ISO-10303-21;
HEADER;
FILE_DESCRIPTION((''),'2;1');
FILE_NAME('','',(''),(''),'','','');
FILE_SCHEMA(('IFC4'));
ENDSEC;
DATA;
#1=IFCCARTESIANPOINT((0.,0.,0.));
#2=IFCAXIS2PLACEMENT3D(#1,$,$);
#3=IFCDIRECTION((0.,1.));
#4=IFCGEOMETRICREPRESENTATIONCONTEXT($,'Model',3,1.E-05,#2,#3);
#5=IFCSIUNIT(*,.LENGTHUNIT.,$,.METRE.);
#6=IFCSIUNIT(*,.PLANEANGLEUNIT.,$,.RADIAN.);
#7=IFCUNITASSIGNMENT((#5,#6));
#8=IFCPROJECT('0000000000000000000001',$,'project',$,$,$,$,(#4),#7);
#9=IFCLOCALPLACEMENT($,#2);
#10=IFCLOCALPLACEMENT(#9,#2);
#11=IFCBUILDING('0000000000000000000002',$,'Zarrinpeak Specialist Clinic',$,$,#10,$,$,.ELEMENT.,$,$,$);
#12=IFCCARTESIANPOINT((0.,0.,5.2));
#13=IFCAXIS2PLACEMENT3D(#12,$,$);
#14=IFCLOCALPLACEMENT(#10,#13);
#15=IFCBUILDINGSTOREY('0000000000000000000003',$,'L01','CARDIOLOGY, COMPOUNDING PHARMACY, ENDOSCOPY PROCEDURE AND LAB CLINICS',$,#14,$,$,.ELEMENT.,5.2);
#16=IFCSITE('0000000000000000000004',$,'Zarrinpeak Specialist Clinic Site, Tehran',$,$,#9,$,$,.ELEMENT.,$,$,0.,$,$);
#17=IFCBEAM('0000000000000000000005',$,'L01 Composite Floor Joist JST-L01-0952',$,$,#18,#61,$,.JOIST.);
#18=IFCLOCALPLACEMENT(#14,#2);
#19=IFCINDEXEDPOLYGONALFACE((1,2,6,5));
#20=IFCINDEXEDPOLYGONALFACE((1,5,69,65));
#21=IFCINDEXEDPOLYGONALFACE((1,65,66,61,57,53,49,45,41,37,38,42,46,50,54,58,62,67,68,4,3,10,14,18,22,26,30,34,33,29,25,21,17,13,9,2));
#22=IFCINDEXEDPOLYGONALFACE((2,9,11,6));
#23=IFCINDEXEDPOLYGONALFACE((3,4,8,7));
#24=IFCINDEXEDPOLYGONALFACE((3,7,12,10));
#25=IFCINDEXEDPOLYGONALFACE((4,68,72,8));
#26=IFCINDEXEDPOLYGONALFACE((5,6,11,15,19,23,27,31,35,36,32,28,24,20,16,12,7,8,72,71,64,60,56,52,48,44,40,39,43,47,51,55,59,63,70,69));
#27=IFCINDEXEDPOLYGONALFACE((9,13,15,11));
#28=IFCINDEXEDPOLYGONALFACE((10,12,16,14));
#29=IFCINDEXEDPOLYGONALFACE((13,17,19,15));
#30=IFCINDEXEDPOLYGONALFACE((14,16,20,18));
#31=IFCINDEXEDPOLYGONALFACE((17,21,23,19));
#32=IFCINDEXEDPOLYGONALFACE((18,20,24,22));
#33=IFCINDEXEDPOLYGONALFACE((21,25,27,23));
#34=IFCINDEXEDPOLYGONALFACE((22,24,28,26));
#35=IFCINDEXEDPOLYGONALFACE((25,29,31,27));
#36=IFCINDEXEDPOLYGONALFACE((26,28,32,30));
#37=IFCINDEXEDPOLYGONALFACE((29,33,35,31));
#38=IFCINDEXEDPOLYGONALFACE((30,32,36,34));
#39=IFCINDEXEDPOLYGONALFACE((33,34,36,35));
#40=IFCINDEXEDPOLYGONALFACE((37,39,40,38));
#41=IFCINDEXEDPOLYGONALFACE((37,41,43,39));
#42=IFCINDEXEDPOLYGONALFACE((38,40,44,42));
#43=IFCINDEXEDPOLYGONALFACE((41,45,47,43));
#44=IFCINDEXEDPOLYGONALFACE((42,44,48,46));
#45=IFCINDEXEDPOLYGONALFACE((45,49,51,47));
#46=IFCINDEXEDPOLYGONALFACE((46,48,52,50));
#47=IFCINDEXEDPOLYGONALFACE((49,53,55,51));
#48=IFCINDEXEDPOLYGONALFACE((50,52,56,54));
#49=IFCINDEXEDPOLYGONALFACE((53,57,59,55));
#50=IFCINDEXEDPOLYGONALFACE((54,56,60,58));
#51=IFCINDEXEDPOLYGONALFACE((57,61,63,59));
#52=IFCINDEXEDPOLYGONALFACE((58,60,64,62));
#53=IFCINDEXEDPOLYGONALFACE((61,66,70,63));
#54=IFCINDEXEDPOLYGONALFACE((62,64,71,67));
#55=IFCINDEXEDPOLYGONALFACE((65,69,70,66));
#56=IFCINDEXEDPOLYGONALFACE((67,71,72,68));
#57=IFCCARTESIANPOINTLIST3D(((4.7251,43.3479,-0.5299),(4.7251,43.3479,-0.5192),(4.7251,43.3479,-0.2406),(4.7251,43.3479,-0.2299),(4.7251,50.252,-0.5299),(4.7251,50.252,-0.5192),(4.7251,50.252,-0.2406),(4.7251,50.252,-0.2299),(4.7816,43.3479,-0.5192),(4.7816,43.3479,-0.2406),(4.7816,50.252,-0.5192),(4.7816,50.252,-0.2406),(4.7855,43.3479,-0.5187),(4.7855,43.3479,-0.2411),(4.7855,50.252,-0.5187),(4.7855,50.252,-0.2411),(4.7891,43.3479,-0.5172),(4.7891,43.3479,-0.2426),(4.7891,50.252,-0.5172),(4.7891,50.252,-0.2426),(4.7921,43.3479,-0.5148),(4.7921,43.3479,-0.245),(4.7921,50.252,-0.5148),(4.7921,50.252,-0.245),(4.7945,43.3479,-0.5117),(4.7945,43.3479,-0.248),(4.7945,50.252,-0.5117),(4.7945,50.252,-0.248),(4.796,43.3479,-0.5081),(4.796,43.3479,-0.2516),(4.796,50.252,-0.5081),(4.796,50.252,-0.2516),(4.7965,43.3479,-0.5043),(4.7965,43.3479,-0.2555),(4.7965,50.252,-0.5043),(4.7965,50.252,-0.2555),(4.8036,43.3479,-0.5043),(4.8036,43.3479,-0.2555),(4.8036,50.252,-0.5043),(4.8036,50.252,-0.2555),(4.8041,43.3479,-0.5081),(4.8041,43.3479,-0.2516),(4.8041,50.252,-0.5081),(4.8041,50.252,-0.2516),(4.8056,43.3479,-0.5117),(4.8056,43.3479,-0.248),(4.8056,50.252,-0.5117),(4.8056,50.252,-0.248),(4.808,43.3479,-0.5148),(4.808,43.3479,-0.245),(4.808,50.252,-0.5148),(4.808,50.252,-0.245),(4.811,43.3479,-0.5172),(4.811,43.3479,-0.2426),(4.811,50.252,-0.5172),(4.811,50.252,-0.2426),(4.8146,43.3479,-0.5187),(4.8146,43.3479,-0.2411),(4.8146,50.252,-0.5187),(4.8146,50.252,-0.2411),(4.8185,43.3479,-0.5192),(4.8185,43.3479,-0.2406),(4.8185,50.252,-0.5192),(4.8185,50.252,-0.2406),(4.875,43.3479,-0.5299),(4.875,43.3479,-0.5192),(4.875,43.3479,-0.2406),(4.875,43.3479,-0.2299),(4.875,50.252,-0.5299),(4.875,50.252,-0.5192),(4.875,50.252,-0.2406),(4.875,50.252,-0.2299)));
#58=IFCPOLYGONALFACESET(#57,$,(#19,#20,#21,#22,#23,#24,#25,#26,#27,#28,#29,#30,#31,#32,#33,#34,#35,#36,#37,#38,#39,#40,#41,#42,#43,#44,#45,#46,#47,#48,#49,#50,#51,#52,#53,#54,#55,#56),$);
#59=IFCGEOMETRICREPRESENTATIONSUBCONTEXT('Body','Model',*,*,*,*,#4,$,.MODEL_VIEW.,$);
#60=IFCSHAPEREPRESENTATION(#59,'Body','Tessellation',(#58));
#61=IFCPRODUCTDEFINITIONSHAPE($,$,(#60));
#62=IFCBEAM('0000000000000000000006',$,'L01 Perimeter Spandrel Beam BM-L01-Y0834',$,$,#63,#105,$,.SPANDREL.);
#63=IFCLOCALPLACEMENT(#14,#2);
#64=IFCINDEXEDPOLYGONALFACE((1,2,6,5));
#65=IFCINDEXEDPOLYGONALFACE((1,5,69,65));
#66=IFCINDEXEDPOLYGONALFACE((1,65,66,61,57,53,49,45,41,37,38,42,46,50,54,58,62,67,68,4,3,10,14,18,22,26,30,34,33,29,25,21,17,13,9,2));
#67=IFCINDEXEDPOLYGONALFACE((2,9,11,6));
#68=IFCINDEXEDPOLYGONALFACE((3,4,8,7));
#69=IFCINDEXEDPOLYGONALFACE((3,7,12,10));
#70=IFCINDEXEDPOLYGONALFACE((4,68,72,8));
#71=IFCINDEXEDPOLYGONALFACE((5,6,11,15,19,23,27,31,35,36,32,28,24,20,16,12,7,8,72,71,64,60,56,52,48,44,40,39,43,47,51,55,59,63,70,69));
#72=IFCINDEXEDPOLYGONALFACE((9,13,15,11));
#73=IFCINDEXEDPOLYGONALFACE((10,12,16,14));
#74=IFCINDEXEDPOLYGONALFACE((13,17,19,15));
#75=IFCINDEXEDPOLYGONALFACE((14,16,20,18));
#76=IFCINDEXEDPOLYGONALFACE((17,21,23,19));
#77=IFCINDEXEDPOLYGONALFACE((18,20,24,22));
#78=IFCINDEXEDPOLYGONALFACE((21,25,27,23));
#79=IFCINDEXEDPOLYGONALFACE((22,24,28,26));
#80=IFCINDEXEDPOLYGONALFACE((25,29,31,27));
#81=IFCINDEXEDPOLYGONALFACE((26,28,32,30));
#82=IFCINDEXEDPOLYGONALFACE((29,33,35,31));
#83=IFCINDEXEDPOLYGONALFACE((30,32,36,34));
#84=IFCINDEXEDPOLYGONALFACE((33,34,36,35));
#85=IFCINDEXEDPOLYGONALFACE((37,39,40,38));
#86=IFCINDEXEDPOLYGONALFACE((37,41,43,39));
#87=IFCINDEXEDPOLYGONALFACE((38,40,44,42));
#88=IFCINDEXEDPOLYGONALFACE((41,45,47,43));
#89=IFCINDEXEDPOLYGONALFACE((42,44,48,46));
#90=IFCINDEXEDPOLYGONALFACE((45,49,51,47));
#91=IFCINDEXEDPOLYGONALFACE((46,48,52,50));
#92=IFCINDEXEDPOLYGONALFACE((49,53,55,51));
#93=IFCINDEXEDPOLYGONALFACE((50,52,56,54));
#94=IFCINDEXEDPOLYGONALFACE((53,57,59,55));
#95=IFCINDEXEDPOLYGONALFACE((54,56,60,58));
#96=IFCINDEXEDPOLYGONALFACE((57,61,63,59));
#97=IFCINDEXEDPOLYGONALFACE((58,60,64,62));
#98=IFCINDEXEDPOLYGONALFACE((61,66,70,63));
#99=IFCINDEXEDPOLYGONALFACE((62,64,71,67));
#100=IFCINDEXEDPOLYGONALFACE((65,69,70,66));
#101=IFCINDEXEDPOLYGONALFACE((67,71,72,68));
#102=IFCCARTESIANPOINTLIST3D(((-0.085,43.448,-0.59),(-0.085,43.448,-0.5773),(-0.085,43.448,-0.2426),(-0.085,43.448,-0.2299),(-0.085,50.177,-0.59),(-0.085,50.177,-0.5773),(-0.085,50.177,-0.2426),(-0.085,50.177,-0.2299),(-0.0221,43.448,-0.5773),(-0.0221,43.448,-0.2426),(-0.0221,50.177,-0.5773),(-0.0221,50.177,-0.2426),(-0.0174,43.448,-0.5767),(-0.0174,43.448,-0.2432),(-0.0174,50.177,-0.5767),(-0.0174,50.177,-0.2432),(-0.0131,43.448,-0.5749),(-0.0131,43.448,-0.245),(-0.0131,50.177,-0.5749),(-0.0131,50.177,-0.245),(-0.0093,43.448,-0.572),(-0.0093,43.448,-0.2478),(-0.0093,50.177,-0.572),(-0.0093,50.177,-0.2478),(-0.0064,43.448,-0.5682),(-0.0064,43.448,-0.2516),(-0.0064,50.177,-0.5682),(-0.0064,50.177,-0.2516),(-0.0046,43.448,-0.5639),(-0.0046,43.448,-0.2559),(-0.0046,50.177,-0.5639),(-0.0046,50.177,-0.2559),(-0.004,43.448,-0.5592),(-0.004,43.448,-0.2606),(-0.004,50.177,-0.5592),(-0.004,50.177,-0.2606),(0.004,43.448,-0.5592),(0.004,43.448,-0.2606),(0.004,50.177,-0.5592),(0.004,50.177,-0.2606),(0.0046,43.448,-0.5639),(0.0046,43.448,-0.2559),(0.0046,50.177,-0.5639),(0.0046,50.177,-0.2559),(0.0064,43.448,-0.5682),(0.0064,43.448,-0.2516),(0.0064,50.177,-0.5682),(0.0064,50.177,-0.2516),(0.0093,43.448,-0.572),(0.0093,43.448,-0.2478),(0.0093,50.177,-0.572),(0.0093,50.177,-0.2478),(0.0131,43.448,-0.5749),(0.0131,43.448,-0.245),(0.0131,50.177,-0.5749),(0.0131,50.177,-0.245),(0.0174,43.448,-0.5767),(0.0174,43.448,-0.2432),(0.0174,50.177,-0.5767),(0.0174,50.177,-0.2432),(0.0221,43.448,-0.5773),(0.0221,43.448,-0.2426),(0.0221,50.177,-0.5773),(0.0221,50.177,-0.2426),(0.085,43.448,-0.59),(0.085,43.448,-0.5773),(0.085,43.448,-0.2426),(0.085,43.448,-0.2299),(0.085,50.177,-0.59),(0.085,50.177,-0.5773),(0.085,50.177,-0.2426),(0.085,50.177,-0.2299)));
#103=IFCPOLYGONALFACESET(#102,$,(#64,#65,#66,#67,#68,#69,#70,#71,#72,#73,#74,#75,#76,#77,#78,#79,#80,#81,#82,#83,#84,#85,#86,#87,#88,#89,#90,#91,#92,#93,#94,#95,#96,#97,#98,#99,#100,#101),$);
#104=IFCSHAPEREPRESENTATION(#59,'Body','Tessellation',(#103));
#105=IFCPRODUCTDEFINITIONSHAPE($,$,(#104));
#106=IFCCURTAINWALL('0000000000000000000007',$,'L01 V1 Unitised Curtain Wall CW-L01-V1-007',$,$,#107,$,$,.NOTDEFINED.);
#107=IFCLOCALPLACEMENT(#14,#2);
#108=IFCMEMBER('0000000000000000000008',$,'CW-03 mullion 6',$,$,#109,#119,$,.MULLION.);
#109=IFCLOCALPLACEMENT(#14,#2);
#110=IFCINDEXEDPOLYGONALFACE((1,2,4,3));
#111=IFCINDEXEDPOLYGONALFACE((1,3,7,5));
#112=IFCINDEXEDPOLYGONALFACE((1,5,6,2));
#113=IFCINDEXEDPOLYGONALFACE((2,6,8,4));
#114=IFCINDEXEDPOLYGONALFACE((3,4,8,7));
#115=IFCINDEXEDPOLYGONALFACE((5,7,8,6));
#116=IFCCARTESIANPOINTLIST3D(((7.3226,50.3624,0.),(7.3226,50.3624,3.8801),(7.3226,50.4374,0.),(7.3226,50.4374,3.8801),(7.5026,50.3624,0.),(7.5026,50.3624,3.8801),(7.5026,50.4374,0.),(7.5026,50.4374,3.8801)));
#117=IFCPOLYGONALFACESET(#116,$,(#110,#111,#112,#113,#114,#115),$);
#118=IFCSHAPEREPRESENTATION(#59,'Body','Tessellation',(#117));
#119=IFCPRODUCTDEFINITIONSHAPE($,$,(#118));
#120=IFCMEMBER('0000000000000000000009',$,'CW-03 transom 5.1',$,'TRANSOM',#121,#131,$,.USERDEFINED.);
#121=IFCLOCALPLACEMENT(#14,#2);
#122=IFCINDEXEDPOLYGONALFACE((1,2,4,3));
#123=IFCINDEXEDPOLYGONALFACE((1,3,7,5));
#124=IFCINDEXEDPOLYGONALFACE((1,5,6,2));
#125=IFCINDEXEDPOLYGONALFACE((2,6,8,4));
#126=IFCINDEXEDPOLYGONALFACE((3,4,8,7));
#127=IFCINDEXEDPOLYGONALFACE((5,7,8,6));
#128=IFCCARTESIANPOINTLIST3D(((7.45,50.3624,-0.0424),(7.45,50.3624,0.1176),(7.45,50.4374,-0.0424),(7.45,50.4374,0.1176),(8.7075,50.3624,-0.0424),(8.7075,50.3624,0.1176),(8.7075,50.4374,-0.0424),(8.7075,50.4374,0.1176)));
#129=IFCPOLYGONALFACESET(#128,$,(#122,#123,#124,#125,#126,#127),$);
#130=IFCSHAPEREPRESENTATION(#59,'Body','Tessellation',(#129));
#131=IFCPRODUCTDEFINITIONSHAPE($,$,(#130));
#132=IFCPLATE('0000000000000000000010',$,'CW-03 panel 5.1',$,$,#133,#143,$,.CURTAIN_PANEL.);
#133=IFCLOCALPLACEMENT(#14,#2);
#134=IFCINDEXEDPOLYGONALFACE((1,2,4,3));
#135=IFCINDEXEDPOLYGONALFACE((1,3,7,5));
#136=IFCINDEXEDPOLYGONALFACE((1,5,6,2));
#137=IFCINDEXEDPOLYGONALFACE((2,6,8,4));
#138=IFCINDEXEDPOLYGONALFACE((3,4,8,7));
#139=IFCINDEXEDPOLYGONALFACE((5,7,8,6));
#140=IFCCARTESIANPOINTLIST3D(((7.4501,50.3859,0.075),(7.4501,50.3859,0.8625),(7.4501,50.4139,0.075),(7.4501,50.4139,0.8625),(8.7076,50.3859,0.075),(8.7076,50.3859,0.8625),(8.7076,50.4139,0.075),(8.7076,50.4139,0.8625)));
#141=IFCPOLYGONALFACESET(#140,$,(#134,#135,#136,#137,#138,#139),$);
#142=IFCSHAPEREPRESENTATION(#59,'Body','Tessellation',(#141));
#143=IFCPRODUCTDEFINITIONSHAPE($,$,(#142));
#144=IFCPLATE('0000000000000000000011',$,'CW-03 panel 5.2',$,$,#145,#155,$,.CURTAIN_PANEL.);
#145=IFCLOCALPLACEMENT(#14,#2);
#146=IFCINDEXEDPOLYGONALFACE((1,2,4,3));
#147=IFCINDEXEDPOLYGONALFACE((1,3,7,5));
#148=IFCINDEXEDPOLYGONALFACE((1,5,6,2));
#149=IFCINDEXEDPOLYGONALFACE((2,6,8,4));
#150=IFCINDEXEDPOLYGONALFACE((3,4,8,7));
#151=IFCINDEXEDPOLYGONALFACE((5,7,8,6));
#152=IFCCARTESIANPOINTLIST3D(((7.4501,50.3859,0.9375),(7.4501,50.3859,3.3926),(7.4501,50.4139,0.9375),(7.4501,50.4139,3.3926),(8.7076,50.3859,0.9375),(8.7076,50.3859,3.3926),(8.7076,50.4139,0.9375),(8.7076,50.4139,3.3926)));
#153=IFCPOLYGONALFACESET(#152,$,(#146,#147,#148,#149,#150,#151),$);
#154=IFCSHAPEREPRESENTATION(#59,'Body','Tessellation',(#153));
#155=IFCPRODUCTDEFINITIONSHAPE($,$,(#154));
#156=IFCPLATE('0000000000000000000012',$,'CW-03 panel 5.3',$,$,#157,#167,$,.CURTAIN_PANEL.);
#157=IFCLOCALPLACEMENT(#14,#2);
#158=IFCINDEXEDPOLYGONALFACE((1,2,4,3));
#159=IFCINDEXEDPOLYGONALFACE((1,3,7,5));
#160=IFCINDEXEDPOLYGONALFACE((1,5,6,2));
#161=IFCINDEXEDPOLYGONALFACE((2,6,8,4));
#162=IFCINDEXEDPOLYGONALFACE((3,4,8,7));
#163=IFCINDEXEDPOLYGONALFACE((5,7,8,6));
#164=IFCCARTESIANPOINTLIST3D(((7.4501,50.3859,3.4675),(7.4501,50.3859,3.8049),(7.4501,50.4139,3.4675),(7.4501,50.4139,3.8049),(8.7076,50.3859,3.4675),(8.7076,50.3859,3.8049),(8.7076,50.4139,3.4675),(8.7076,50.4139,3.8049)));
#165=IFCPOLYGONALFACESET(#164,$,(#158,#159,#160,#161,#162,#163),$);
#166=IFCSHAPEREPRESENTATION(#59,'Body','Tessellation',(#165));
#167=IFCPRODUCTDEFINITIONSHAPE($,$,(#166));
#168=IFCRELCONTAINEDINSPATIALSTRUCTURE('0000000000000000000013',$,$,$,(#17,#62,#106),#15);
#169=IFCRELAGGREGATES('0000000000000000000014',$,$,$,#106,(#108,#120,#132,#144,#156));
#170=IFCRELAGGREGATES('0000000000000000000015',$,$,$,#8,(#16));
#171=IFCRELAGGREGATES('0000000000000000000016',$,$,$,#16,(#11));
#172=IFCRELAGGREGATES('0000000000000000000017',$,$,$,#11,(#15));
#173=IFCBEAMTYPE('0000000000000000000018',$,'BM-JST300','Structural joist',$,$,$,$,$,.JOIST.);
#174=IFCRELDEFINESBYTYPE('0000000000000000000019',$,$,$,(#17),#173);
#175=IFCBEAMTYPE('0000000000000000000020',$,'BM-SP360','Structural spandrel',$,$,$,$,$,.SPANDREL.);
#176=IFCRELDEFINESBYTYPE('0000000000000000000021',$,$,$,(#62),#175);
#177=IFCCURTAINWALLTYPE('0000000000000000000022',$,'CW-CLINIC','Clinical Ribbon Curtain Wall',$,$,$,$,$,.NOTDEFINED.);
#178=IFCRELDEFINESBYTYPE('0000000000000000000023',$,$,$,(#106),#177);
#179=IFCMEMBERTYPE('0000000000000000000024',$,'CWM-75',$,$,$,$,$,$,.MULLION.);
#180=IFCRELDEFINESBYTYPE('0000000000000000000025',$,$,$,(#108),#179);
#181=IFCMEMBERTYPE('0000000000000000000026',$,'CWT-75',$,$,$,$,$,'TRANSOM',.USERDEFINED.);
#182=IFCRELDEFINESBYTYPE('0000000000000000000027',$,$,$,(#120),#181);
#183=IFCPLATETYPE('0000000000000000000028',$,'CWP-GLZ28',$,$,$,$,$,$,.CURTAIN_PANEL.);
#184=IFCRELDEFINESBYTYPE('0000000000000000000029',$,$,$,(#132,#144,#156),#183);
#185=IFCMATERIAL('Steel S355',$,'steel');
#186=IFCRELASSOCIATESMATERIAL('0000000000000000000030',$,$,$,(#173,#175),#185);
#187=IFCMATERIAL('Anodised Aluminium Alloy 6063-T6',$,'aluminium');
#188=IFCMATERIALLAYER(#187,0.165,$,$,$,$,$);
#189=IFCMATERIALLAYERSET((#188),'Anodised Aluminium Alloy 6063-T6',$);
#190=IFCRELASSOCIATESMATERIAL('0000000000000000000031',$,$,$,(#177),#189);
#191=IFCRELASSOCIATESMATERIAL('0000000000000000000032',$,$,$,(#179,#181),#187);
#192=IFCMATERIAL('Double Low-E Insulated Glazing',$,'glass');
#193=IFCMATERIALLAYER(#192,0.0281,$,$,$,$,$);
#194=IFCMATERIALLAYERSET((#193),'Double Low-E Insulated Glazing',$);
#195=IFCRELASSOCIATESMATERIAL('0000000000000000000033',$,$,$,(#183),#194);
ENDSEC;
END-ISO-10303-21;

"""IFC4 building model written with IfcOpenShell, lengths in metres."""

from ifc_helpers import new_model, si_unit, direction, frame, origin, origin_2d, place, context, subcontext, project, spatial, rectangle, i_section, extrude, material, layer, layer_set, material_profile, profile_set, type_object, element, aggregate, save


model = new_model("IFC4")

# Units and contexts
model_context = context("Model", 3, precision=1e-05, world=origin(), true_north=direction((0.0, 1.0)))
body_context = subcontext(model_context, "Body", "Model", "MODEL_VIEW")
ifc_project = project(units=[si_unit("LENGTHUNIT", "METRE"), si_unit("PLANEANGLEUNIT", "RADIAN")], contexts=[model_context])

# Site, building, storey
site_placement = place(None, origin())
site = spatial("IfcSite", under=ifc_project, at=site_placement, Name="Zarrinpeak Specialist Clinic Site, Tehran", CompositionType="ELEMENT", RefElevation=0.0)
building_placement = place(site_placement, origin())
building = spatial("IfcBuilding", under=site, at=building_placement, Name="Zarrinpeak Specialist Clinic", CompositionType="ELEMENT")
storey_placement = place(building_placement, frame((0.0, 0.0, 5.2)))
storey = spatial("IfcBuildingStorey", under=building, at=storey_placement, Name="L01", Description="CARDIOLOGY, COMPOUNDING PHARMACY, ENDOSCOPY PROCEDURE AND LAB CLINICS", CompositionType="ELEMENT", Elevation=5.2)

# Shared definitions
ifc_material_1 = material(Name="Steel S355", Category="steel")

# Beams
ifc_material_profile_1 = material_profile(ifc_material_1, i_section(OverallWidth=0.1499, OverallDepth=0.3, WebThickness=0.0071, FlangeThickness=0.0107, FilletRadius=0.0149, at=origin_2d()), Name="IPE 300")
ifc_profile_set_1 = profile_set([ifc_material_profile_1], Name="Steel S355")
beam_type_1 = type_object("IfcBeamType", Name="BM-JST300", Description="Structural joist", PredefinedType="JOIST", material=ifc_profile_set_1)
for number, where, z_axis, x_axis, name in (
    (1, (4.8, 43.3479, -0.3799), (0.0, 1.0, 0.0), (-1.0, 0.0, 0.0), "L01 Composite Floor Joist JST-L01-0952"),
):
    element("IfcBeam", number, at=place(storey_placement, frame(where, z_axis=z_axis, x_axis=x_axis)), inside=storey, type_object=beam_type_1, Name=name, PredefinedType="JOIST", context=body_context, shape_type="SweptSolid", body=[
        extrude(i_section(OverallWidth=0.1499, OverallDepth=0.3, WebThickness=0.0071, FlangeThickness=0.0107, FilletRadius=0.0149, at=origin_2d()), origin(), (0.0, 0.0, 1.0), 6.9041),
    ])
ifc_material_profile_2 = material_profile(ifc_material_1, i_section(OverallWidth=0.1699, OverallDepth=0.3601, WebThickness=0.0081, FlangeThickness=0.0127, FilletRadius=0.0181, at=origin_2d()), Name="IPE 360")
ifc_profile_set_2 = profile_set([ifc_material_profile_2], Name="Steel S355")
beam_type_2 = type_object("IfcBeamType", Name="BM-SP360", Description="Structural spandrel", PredefinedType="SPANDREL", material=ifc_profile_set_2)
beam_1_placement = place(storey_placement, frame((0.0, 43.448, -0.4099), z_axis=(0.0, 1.0, 0.0), x_axis=(-1.0, 0.0, 0.0)))
element("IfcBeam", 2, at=beam_1_placement, inside=storey, type_object=beam_type_2, Name="L01 Perimeter Spandrel Beam BM-L01-Y0834", PredefinedType="SPANDREL", context=body_context, shape_type="SweptSolid", body=[
    extrude(i_section(OverallWidth=0.1699, OverallDepth=0.3601, WebThickness=0.0081, FlangeThickness=0.0127, FilletRadius=0.0181, at=origin_2d()), origin(), (0.0, 0.0, 1.0), 6.729),
])

# Curtain wall, members, plates
ifc_material_2 = material(Name="Anodised Aluminium Alloy 6063-T6", Category="aluminium")
ifc_layer_1 = layer(ifc_material_2, 0.165)
ifc_layer_set_1 = layer_set([ifc_layer_1], Name="Anodised Aluminium Alloy 6063-T6")
curtain_wall_type = type_object("IfcCurtainWallType", Name="CW-CLINIC", Description="Clinical Ribbon Curtain Wall", PredefinedType="NOTDEFINED", material=ifc_layer_set_1)
curtain_wall_placement = place(storey_placement, origin())
curtain_wall = element("IfcCurtainWall", 3, at=curtain_wall_placement, inside=storey, type_object=curtain_wall_type, Name="L01 V1 Unitised Curtain Wall CW-L01-V1-007", PredefinedType="NOTDEFINED")
ifc_material_profile_3 = material_profile(ifc_material_2, rectangle(XDim=0.075, YDim=0.1799, at=origin_2d()), Name="ALU 75x180")
ifc_profile_set_3 = profile_set([ifc_material_profile_3], Name="Anodised Aluminium Alloy 6063-T6")
member_type_1 = type_object("IfcMemberType", Name="CWM-75", PredefinedType="MULLION", material=ifc_profile_set_3)
member_1_placement = place(storey_placement, frame((7.4126, 50.3999, 0.0), z_axis=(0.0, 0.0, 1.0), x_axis=(0.0, -1.0, 0.0)))
member_1 = element("IfcMember", 4, at=member_1_placement, type_object=member_type_1, Name="CW-03 mullion 6", PredefinedType="MULLION", context=body_context, shape_type="SweptSolid", body=[
    extrude(rectangle(XDim=0.075, YDim=0.1799, at=origin_2d()), origin(), (0.0, 0.0, 1.0), 3.8801),
])
ifc_material_profile_4 = material_profile(ifc_material_2, rectangle(XDim=0.075, YDim=0.1599, at=origin_2d()), Name="ALU 75x160")
ifc_profile_set_4 = profile_set([ifc_material_profile_4], Name="Anodised Aluminium Alloy 6063-T6")
member_type_2 = type_object("IfcMemberType", Name="CWT-75", ElementType="TRANSOM", PredefinedType="USERDEFINED", material=ifc_profile_set_4)
member_2_placement = place(storey_placement, frame((8.7075, 50.3999, 0.0376), z_axis=(-1.0, 0.0, 0.0), x_axis=(0.0, -1.0, 0.0)))
member_2 = element("IfcMember", 5, at=member_2_placement, type_object=member_type_2, Name="CW-03 transom 5.1", ObjectType="TRANSOM", PredefinedType="USERDEFINED", context=body_context, shape_type="SweptSolid", body=[
    extrude(rectangle(XDim=0.075, YDim=0.1599, at=origin_2d()), origin(), (0.0, 0.0, 1.0), 1.2576),
])
ifc_material_3 = material(Name="Double Low-E Insulated Glazing", Category="glass")
ifc_layer_2 = layer(ifc_material_3, 0.0281)
ifc_layer_set_2 = layer_set([ifc_layer_2], Name="Double Low-E Insulated Glazing")
plate_type = type_object("IfcPlateType", Name="CWP-GLZ28", PredefinedType="CURTAIN_PANEL", material=ifc_layer_set_2)
plate_1_placement = place(storey_placement, frame((8.0789, 50.3999, 0.075), z_axis=(0.0, 0.0, 1.0), x_axis=(-1.0, 0.0, 0.0)))
plate_1 = element("IfcPlate", 6, at=plate_1_placement, type_object=plate_type, Name="CW-03 panel 5.1", PredefinedType="CURTAIN_PANEL", context=body_context, shape_type="SweptSolid", body=[
    extrude(rectangle(XDim=1.2576, YDim=0.0281, at=origin_2d()), origin(), (0.0, 0.0, 1.0), 0.7876),
])
plate_2_placement = place(storey_placement, frame((8.0789, 50.3999, 0.9375), z_axis=(0.0, 0.0, 1.0), x_axis=(-1.0, 0.0, 0.0)))
plate_2 = element("IfcPlate", 7, at=plate_2_placement, type_object=plate_type, Name="CW-03 panel 5.2", PredefinedType="CURTAIN_PANEL", context=body_context, shape_type="SweptSolid", body=[
    extrude(rectangle(XDim=1.2576, YDim=0.0281, at=origin_2d()), origin(), (0.0, 0.0, 1.0), 2.4551),
])
plate_3_placement = place(storey_placement, frame((8.0789, 50.3999, 3.4675), z_axis=(0.0, 0.0, 1.0), x_axis=(-1.0, 0.0, 0.0)))
plate_3 = element("IfcPlate", 8, at=plate_3_placement, type_object=plate_type, Name="CW-03 panel 5.3", PredefinedType="CURTAIN_PANEL", context=body_context, shape_type="SweptSolid", body=[
    extrude(rectangle(XDim=1.2576, YDim=0.0281, at=origin_2d()), origin(), (0.0, 0.0, 1.0), 0.3374),
])
aggregate(curtain_wall, [member_1, member_2, plate_1, plate_2, plate_3])

save(model, "model.ifc")
